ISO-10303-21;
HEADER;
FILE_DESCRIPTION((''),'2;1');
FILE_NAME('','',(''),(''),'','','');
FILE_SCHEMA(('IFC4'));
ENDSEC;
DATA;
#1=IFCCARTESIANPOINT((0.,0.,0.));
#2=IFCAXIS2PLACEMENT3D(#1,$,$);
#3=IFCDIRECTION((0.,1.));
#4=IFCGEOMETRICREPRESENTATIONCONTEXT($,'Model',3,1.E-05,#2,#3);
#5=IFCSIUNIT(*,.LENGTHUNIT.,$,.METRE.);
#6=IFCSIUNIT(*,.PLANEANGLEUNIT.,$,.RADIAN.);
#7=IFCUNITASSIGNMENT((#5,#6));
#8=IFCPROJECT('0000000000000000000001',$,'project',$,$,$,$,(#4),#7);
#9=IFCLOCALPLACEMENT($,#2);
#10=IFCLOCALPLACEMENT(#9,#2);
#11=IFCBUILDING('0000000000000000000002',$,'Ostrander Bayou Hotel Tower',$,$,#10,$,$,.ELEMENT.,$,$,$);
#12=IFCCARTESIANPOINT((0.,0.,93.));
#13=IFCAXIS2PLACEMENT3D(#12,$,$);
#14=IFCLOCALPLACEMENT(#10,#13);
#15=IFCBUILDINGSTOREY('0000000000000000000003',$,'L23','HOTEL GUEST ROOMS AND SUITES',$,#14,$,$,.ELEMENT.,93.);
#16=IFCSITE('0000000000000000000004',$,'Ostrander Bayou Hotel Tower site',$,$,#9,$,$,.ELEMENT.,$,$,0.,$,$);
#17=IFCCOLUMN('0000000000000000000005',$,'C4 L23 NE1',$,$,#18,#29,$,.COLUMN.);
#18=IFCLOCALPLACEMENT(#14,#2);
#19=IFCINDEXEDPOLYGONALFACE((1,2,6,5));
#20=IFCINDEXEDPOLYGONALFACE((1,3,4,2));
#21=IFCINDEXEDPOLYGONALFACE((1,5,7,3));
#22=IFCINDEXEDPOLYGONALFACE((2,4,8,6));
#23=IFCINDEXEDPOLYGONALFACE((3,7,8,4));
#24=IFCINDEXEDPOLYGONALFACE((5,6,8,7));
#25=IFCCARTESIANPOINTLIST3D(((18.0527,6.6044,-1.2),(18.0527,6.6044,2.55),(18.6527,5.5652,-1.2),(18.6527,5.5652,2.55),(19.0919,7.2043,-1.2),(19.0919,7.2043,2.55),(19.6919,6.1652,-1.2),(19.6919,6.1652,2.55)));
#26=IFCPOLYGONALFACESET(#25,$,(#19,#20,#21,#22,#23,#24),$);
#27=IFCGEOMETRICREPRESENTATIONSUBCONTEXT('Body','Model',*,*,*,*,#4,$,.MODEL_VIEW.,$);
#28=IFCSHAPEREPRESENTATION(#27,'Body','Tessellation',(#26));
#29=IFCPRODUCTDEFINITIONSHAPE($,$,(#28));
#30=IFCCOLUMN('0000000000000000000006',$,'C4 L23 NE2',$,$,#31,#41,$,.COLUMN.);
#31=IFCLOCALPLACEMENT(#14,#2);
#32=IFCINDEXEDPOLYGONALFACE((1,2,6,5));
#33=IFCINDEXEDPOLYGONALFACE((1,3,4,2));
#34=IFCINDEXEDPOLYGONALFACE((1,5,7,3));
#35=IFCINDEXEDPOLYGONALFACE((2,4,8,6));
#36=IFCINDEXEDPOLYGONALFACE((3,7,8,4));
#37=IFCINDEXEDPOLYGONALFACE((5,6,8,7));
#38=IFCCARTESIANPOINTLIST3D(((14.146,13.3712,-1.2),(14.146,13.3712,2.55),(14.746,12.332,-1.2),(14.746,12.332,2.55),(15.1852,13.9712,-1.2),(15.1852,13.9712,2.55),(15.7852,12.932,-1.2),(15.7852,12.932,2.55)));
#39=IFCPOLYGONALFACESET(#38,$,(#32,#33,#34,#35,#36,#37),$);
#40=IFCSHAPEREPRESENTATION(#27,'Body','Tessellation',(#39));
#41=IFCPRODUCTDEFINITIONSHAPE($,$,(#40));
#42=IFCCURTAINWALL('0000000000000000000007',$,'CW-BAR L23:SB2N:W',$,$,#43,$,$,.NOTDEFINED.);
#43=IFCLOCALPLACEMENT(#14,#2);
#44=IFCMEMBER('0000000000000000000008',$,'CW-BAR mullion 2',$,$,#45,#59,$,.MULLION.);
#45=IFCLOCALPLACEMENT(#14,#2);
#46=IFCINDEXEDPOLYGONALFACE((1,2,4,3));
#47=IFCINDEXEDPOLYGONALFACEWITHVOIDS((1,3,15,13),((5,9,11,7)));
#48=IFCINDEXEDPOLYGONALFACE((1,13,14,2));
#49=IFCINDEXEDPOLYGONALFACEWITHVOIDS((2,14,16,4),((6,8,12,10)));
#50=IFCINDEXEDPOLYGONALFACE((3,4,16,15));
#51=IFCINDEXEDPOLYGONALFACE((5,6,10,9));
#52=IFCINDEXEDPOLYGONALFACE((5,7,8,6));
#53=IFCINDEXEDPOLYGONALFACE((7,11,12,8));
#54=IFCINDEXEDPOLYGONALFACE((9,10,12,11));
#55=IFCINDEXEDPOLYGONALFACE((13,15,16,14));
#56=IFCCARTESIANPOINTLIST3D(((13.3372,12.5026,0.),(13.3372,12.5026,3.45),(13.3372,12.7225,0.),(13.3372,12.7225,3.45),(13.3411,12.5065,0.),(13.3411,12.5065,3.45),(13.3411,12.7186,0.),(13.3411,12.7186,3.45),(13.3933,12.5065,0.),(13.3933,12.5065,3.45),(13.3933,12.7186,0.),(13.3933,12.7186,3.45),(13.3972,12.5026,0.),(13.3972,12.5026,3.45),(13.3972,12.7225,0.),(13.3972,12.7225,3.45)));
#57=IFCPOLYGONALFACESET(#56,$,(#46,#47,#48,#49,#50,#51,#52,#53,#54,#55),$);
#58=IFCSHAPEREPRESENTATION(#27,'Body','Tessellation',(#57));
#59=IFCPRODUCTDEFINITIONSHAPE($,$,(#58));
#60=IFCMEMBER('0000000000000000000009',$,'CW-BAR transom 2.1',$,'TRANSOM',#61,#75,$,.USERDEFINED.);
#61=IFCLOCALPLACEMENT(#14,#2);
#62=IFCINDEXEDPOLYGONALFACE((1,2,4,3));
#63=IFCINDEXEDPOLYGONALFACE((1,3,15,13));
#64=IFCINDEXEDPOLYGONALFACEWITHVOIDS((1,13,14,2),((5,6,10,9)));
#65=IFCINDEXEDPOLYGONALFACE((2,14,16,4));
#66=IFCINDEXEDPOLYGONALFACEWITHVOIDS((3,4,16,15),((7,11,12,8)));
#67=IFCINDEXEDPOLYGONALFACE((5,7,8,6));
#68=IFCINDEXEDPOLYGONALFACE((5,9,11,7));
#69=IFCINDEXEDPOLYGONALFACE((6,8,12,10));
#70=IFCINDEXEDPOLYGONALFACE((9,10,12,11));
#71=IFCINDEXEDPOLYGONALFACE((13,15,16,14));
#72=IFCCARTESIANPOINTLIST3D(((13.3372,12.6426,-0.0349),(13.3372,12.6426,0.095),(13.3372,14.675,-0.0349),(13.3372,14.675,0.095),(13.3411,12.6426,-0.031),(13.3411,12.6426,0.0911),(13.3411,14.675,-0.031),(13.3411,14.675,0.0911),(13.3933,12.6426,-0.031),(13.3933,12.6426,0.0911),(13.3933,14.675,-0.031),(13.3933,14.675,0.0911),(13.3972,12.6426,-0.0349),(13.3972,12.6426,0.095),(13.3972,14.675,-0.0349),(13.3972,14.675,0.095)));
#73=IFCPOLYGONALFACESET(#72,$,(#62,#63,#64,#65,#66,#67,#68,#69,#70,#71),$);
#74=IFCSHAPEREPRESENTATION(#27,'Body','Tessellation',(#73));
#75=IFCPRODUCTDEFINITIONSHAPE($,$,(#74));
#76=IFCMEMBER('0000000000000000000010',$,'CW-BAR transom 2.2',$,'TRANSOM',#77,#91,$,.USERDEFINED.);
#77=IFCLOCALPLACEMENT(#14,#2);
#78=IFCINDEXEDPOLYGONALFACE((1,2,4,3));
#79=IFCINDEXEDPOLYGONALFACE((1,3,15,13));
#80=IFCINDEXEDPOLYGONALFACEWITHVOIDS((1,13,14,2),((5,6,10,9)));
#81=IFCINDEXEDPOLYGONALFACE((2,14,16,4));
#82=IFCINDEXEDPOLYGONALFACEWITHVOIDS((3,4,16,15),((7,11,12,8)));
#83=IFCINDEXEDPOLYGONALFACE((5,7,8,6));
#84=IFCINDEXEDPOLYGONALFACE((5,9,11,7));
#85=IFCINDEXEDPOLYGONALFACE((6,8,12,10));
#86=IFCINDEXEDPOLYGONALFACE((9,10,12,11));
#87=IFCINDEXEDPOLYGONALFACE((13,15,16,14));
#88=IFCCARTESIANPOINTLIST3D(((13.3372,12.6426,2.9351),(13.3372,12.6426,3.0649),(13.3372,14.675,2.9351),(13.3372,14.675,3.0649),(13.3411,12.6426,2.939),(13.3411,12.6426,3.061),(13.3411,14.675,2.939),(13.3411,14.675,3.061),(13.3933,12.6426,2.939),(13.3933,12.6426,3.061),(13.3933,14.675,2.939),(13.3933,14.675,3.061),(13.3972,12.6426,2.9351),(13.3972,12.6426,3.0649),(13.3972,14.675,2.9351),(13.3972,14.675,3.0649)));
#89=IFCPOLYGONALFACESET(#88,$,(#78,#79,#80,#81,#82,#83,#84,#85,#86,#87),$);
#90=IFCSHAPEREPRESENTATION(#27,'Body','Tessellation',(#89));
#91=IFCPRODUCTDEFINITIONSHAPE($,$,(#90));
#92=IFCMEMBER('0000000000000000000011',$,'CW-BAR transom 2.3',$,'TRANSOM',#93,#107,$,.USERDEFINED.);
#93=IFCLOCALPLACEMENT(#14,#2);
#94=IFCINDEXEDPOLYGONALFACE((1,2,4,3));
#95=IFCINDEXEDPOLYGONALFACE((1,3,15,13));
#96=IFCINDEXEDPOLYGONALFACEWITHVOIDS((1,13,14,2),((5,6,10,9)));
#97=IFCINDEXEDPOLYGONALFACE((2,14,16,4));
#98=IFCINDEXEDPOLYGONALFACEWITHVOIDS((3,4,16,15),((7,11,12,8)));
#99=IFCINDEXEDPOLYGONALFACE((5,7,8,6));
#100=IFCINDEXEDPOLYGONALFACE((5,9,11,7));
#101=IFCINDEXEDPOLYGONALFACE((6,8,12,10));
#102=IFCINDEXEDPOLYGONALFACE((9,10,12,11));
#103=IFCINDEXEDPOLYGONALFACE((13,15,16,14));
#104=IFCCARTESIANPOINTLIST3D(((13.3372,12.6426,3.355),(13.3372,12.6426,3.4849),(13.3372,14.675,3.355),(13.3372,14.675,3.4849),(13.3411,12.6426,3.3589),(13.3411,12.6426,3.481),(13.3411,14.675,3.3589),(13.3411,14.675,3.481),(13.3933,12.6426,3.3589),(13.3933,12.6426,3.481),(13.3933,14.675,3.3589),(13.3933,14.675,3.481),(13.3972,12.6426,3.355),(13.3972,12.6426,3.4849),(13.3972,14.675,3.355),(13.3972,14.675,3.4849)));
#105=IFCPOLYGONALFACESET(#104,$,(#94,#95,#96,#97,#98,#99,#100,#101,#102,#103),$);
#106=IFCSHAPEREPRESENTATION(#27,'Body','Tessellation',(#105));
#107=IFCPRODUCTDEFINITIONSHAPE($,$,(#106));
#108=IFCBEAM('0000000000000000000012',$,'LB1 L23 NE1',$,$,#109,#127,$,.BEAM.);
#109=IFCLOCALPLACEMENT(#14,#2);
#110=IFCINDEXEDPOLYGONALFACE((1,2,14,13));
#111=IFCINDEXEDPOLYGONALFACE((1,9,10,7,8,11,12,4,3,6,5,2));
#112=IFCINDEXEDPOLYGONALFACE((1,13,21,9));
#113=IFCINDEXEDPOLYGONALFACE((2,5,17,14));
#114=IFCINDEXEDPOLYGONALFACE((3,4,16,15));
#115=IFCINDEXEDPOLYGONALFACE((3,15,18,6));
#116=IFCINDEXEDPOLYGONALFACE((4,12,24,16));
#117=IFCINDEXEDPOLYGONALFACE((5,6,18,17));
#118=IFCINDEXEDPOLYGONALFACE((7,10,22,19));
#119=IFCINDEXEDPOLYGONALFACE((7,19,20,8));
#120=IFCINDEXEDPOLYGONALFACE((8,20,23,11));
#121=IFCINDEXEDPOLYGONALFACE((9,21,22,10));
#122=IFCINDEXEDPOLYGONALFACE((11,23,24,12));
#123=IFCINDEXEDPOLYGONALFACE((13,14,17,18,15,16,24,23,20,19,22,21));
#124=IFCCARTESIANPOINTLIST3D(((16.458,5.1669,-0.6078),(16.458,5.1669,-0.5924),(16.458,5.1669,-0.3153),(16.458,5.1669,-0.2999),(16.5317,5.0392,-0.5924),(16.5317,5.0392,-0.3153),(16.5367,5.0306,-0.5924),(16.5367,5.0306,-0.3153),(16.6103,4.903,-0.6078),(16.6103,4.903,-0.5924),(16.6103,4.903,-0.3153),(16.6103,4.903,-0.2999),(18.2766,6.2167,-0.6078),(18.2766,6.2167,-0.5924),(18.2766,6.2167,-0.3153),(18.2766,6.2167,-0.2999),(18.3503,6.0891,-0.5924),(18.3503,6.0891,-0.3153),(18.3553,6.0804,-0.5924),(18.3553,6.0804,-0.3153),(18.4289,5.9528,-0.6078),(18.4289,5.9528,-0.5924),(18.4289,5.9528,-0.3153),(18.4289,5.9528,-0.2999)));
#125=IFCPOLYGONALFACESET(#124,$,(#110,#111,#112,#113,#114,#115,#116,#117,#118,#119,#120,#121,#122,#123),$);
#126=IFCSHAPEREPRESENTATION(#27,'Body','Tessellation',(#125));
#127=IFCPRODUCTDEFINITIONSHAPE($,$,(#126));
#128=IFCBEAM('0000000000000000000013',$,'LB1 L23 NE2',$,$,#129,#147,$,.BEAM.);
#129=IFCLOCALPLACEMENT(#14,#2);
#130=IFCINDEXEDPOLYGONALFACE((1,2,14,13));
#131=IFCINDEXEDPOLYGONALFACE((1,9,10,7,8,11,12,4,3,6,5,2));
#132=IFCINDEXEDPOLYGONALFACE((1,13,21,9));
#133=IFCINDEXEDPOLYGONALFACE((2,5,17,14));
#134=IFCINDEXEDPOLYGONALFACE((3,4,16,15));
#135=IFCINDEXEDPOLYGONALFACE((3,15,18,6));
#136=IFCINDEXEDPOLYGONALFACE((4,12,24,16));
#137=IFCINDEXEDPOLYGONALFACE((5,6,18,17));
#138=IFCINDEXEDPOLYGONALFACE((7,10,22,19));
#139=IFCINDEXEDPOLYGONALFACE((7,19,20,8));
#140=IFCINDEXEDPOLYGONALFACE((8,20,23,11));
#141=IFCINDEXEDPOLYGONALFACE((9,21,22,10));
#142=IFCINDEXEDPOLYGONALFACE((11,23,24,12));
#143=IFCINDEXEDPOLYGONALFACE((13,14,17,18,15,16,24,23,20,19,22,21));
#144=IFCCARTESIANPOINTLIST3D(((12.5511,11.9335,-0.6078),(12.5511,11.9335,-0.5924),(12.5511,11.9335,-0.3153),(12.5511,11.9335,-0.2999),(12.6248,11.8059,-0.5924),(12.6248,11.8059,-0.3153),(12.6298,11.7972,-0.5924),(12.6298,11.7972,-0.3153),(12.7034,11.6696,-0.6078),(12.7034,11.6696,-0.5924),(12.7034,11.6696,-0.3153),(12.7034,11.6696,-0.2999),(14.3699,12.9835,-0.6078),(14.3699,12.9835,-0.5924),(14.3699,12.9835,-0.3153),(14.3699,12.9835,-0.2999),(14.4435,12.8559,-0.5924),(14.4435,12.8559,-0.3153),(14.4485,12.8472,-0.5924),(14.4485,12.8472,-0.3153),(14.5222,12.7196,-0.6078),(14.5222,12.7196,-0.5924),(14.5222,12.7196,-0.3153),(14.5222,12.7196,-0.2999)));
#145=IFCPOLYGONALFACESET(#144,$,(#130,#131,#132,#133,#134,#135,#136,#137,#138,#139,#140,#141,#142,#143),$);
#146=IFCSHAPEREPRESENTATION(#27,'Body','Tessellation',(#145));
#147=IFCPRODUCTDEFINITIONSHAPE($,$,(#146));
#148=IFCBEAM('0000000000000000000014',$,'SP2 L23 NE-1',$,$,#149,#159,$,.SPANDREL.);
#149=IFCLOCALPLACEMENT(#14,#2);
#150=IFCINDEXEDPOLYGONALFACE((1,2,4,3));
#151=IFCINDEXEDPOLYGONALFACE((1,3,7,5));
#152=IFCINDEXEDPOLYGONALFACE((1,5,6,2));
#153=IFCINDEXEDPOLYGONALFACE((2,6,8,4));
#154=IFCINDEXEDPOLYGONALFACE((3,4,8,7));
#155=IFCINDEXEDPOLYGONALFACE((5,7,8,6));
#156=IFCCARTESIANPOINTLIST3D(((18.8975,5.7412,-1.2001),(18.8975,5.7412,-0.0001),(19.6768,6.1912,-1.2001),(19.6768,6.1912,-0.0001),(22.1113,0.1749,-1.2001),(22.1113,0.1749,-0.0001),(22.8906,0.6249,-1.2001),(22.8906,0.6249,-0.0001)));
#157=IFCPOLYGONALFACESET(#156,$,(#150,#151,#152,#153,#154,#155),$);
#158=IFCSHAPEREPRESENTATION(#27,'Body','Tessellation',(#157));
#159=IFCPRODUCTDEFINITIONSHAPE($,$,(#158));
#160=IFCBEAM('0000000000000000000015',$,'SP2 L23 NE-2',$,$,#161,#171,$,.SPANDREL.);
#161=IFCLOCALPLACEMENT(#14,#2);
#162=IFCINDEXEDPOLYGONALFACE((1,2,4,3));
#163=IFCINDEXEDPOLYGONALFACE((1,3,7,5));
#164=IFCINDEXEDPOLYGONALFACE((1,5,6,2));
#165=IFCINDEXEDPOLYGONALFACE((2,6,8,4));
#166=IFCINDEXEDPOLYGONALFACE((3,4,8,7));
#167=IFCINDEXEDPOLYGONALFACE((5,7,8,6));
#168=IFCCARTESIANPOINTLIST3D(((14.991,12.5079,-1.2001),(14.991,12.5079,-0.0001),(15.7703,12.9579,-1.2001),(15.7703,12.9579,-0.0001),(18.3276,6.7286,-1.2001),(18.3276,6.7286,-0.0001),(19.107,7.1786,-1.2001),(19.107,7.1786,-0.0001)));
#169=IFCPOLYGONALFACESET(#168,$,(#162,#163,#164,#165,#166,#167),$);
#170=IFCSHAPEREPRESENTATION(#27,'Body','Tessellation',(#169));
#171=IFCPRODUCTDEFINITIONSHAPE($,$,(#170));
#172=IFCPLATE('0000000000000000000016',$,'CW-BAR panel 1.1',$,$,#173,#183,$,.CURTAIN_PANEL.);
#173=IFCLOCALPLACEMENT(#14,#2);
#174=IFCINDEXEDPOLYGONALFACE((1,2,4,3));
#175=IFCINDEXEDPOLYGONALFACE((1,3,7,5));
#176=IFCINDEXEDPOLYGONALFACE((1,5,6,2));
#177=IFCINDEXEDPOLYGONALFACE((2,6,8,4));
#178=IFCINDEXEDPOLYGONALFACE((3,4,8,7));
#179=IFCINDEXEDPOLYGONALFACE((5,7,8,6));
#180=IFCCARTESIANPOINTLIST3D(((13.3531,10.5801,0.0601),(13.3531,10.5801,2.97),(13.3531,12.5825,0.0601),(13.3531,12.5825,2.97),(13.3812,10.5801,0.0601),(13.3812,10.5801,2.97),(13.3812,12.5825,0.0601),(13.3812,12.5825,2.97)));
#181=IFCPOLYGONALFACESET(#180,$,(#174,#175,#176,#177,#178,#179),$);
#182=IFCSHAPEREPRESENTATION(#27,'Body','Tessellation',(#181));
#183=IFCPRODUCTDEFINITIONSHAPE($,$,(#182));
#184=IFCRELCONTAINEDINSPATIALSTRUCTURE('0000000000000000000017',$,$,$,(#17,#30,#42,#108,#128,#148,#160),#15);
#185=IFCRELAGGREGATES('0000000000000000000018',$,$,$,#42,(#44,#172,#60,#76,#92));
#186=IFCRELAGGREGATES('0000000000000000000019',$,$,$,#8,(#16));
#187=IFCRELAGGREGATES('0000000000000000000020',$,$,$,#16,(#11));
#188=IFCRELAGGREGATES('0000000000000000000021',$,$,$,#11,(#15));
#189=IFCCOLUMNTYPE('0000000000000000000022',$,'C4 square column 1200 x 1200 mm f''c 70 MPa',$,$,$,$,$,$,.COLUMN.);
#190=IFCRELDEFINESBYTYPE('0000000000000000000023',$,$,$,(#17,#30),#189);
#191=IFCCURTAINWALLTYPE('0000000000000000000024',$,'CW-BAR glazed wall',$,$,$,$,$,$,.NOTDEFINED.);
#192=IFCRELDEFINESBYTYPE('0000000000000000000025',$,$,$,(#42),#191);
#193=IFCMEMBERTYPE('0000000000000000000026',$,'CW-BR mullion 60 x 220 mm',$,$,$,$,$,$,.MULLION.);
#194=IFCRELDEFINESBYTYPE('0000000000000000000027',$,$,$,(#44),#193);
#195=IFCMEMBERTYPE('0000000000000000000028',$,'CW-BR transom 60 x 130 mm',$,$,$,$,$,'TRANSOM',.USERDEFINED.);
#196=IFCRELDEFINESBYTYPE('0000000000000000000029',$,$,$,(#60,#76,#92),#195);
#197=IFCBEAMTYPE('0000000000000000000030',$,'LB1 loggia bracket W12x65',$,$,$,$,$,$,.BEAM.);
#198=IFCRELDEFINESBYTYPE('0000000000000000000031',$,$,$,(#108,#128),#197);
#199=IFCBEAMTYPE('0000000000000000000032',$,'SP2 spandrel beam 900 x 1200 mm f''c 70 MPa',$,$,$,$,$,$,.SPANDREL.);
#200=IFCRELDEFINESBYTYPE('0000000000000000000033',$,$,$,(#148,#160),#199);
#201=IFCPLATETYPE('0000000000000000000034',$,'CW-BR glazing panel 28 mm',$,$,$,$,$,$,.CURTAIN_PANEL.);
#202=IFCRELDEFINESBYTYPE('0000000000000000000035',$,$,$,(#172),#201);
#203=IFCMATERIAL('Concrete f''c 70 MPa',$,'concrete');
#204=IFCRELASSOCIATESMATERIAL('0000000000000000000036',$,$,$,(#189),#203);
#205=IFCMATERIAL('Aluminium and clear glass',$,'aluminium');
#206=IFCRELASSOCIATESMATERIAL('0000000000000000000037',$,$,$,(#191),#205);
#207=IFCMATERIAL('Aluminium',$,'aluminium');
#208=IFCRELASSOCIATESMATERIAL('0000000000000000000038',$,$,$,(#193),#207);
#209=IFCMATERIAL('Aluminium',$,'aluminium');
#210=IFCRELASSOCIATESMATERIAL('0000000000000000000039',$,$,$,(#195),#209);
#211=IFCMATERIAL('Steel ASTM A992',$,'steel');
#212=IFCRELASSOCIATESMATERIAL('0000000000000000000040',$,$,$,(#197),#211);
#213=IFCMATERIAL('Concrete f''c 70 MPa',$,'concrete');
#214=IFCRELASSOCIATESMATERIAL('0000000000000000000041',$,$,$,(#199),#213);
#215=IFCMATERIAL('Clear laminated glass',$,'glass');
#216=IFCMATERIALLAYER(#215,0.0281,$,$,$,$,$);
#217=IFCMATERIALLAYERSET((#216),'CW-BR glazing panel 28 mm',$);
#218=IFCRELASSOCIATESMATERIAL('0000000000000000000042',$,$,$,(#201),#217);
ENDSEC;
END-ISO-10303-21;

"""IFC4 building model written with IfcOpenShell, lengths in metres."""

from ifc_helpers import new_model, si_unit, direction, frame, origin, origin_2d, place, context, subcontext, project, spatial, rectangle, hollow_rectangle, i_section, extrude, material, layer, layer_set, material_profile, profile_set, type_object, element, aggregate, save


model = new_model("IFC4")

# Units and contexts
model_context = context("Model", 3, precision=1e-05, world=origin(), true_north=direction((0.0, 1.0)))
body_context = subcontext(model_context, "Body", "Model", "MODEL_VIEW")
ifc_project = project(units=[si_unit("LENGTHUNIT", "METRE"), si_unit("PLANEANGLEUNIT", "RADIAN")], contexts=[model_context])

# Site, building, storey
site_placement = place(None, origin())
site = spatial("IfcSite", under=ifc_project, at=site_placement, Name="Ostrander Bayou Hotel Tower site", CompositionType="ELEMENT", RefElevation=0.0)
building_placement = place(site_placement, origin())
building = spatial("IfcBuilding", under=site, at=building_placement, Name="Ostrander Bayou Hotel Tower", CompositionType="ELEMENT")
storey_placement = place(building_placement, frame((0.0, 0.0, 93.0)))
storey = spatial("IfcBuildingStorey", under=building, at=storey_placement, Name="L23", Description="HOTEL GUEST ROOMS AND SUITES", CompositionType="ELEMENT", Elevation=93.0)

# Columns
ifc_material_1 = material(Name="Concrete f'c 70 MPa", Category="concrete")
ifc_material_profile_1 = material_profile(ifc_material_1, rectangle(XDim=1.2, YDim=1.2, at=origin_2d()))
ifc_profile_set_1 = profile_set([ifc_material_profile_1], Name="Concrete f'c 70 MPa")
column_type = type_object("IfcColumnType", Name="C4 square column 1200 x 1200 mm f'c 70 MPa", PredefinedType="COLUMN", material=ifc_profile_set_1)
for number, where, z_axis, x_axis, name in (
    (1, (18.8723, 6.3848, -1.2), (0.0, 0.0, 1.0), (0.5, -0.866025, 0.0), "C4 L23 NE1"),
    (2, (14.9656, 13.1516, -1.2), (0.0, 0.0, 1.0), (0.5, -0.866025, 0.0), "C4 L23 NE2"),
):
    element("IfcColumn", number, at=place(storey_placement, frame(where, z_axis=z_axis, x_axis=x_axis)), inside=storey, type_object=column_type, Name=name, PredefinedType="COLUMN", context=body_context, shape_type="SweptSolid", body=[
        extrude(rectangle(XDim=1.2, YDim=1.2, at=origin_2d()), origin(), (0.0, 0.0, 1.0), 3.75),
    ])

# Curtain wall, members
ifc_material_2 = material(Name="Aluminium and clear glass", Category="aluminium")
curtain_wall_type = type_object("IfcCurtainWallType", Name="CW-BAR glazed wall", PredefinedType="NOTDEFINED", material=ifc_material_2)
curtain_wall_placement = place(storey_placement, origin())
curtain_wall = element("IfcCurtainWall", 3, at=curtain_wall_placement, inside=storey, type_object=curtain_wall_type, Name="CW-BAR L23:SB2N:W", PredefinedType="NOTDEFINED")
ifc_material_3 = material(Name="Aluminium", Category="aluminium")
ifc_material_profile_2 = material_profile(ifc_material_3, hollow_rectangle(XDim=0.0601, YDim=0.22, WallThickness=0.0039, at=origin_2d()))
ifc_profile_set_2 = profile_set([ifc_material_profile_2], Name="Aluminium")
member_type_1 = type_object("IfcMemberType", Name="CW-BR mullion 60 x 220 mm", PredefinedType="MULLION", material=ifc_profile_set_2)
member_1_placement = place(storey_placement, frame((13.3672, 12.6125, 0.0), z_axis=(0.0, 0.0, 1.0), x_axis=(-1.0, 0.0, 0.0)))
member_1 = element("IfcMember", 4, at=member_1_placement, type_object=member_type_1, Name="CW-BAR mullion 2", PredefinedType="MULLION", context=body_context, shape_type="SweptSolid", body=[
    extrude(hollow_rectangle(XDim=0.0601, YDim=0.22, WallThickness=0.0039, at=origin_2d()), origin(), (0.0, 0.0, 1.0), 3.45),
])
ifc_material_4 = material(Name="Aluminium", Category="aluminium")
ifc_material_profile_3 = material_profile(ifc_material_4, hollow_rectangle(XDim=0.0601, YDim=0.1299, WallThickness=0.0039, at=origin_2d()))
ifc_profile_set_3 = profile_set([ifc_material_profile_3], Name="Aluminium")
member_type_2 = type_object("IfcMemberType", Name="CW-BR transom 60 x 130 mm", ElementType="TRANSOM", PredefinedType="USERDEFINED", material=ifc_profile_set_3)
member_2_placement = place(storey_placement, frame((13.3672, 12.6426, 0.03), z_axis=(0.0, 1.0, 0.0), x_axis=(-1.0, 0.0, 0.0)))
member_2 = element("IfcMember", 5, at=member_2_placement, type_object=member_type_2, Name="CW-BAR transom 2.1", ObjectType="TRANSOM", PredefinedType="USERDEFINED", context=body_context, shape_type="SweptSolid", body=[
    extrude(hollow_rectangle(XDim=0.0601, YDim=0.1299, WallThickness=0.0039, at=origin_2d()), origin(), (0.0, 0.0, 1.0), 2.0325),
])
member_3_placement = place(storey_placement, frame((13.3672, 12.6426, 3.0), z_axis=(0.0, 1.0, 0.0), x_axis=(-1.0, 0.0, 0.0)))
member_3 = element("IfcMember", 6, at=member_3_placement, type_object=member_type_2, Name="CW-BAR transom 2.2", ObjectType="TRANSOM", PredefinedType="USERDEFINED", context=body_context, shape_type="SweptSolid", body=[
    extrude(hollow_rectangle(XDim=0.0601, YDim=0.1299, WallThickness=0.0039, at=origin_2d()), origin(), (0.0, 0.0, 1.0), 2.0325),
])
member_4_placement = place(storey_placement, frame((13.3672, 12.6426, 3.4199), z_axis=(0.0, 1.0, 0.0), x_axis=(-1.0, 0.0, 0.0)))
member_4 = element("IfcMember", 7, at=member_4_placement, type_object=member_type_2, Name="CW-BAR transom 2.3", ObjectType="TRANSOM", PredefinedType="USERDEFINED", context=body_context, shape_type="SweptSolid", body=[
    extrude(hollow_rectangle(XDim=0.0601, YDim=0.1299, WallThickness=0.0039, at=origin_2d()), origin(), (0.0, 0.0, 1.0), 2.0325),
])

# Beams
ifc_material_5 = material(Name="Steel ASTM A992", Category="steel")
ifc_material_profile_4 = material_profile(ifc_material_5, i_section(OverallWidth=0.3047, OverallDepth=0.3079, WebThickness=0.01, FlangeThickness=0.0154, at=origin_2d()))
ifc_profile_set_4 = profile_set([ifc_material_profile_4], Name="Steel ASTM A992")
beam_type_1 = type_object("IfcBeamType", Name="LB1 loggia bracket W12x65", PredefinedType="BEAM", material=ifc_profile_set_4)
beam_1_placement = place(storey_placement, frame((18.3528, 6.0847, -0.4539), z_axis=(-0.86606, -0.499941, 0.0), x_axis=(0.499941, -0.86606, 0.0)))
element("IfcBeam", 8, at=beam_1_placement, inside=storey, type_object=beam_type_1, Name="LB1 L23 NE1", PredefinedType="BEAM", context=body_context, shape_type="SweptSolid", body=[
    extrude(i_section(OverallWidth=0.3047, OverallDepth=0.3079, WebThickness=0.01, FlangeThickness=0.0154, at=origin_2d()), origin(), (0.0, 0.0, 1.0), 2.0999),
])
beam_2_placement = place(storey_placement, frame((14.446, 12.8516, -0.4539), z_axis=(-0.866038, -0.499977, 0.0), x_axis=(0.499977, -0.866038, 0.0)))
element("IfcBeam", 9, at=beam_2_placement, inside=storey, type_object=beam_type_1, Name="LB1 L23 NE2", PredefinedType="BEAM", context=body_context, shape_type="SweptSolid", body=[
    extrude(i_section(OverallWidth=0.3047, OverallDepth=0.3079, WebThickness=0.01, FlangeThickness=0.0154, at=origin_2d()), origin(), (0.0, 0.0, 1.0), 2.1001),
])
ifc_material_6 = material(Name="Concrete f'c 70 MPa", Category="concrete")
ifc_material_profile_5 = material_profile(ifc_material_6, rectangle(XDim=0.8999, YDim=1.2, at=origin_2d()))
ifc_profile_set_5 = profile_set([ifc_material_profile_5], Name="Concrete f'c 70 MPa")
beam_type_2 = type_object("IfcBeamType", Name="SP2 spandrel beam 900 x 1200 mm f'c 70 MPa", PredefinedType="SPANDREL", material=ifc_profile_set_5)
beam_3_placement = place(storey_placement, frame((22.501, 0.3999, -0.6001), z_axis=(-0.500012, 0.866019, 0.0), x_axis=(-0.866019, -0.500012, 0.0)))
element("IfcBeam", 10, at=beam_3_placement, inside=storey, type_object=beam_type_2, Name="SP2 L23 NE-1", PredefinedType="SPANDREL", context=body_context, shape_type="SweptSolid", body=[
    extrude(rectangle(XDim=0.8999, YDim=1.2, at=origin_2d()), origin(), (0.0, 0.0, 1.0), 6.4275),
])
beam_4_placement = place(storey_placement, frame((18.7173, 6.9536, -0.6001), z_axis=(-0.499999, 0.866026, 0.0), x_axis=(-0.866026, -0.499999, 0.0)))
element("IfcBeam", 11, at=beam_4_placement, inside=storey, type_object=beam_type_2, Name="SP2 L23 NE-2", PredefinedType="SPANDREL", context=body_context, shape_type="SweptSolid", body=[
    extrude(rectangle(XDim=0.8999, YDim=1.2, at=origin_2d()), origin(), (0.0, 0.0, 1.0), 6.6733),
])

# Plate
ifc_material_7 = material(Name="Clear laminated glass", Category="glass")
ifc_layer_1 = layer(ifc_material_7, 0.0281)
ifc_layer_set_1 = layer_set([ifc_layer_1], Name="CW-BR glazing panel 28 mm")
plate_type = type_object("IfcPlateType", Name="CW-BR glazing panel 28 mm", PredefinedType="CURTAIN_PANEL", material=ifc_layer_set_1)
plate_1_placement = place(storey_placement, frame((13.3672, 11.5813, 0.0601), z_axis=(0.0, 0.0, 1.0), x_axis=(0.0, 1.0, 0.0)))
plate_1 = element("IfcPlate", 12, at=plate_1_placement, type_object=plate_type, Name="CW-BAR panel 1.1", PredefinedType="CURTAIN_PANEL", context=body_context, shape_type="SweptSolid", body=[
    extrude(rectangle(XDim=2.0024, YDim=0.0281, at=origin_2d()), origin(), (0.0, 0.0, 1.0), 2.9099),
])
aggregate(curtain_wall, [member_1, plate_1, member_2, member_3, member_4])

save(model, "model.ifc")
